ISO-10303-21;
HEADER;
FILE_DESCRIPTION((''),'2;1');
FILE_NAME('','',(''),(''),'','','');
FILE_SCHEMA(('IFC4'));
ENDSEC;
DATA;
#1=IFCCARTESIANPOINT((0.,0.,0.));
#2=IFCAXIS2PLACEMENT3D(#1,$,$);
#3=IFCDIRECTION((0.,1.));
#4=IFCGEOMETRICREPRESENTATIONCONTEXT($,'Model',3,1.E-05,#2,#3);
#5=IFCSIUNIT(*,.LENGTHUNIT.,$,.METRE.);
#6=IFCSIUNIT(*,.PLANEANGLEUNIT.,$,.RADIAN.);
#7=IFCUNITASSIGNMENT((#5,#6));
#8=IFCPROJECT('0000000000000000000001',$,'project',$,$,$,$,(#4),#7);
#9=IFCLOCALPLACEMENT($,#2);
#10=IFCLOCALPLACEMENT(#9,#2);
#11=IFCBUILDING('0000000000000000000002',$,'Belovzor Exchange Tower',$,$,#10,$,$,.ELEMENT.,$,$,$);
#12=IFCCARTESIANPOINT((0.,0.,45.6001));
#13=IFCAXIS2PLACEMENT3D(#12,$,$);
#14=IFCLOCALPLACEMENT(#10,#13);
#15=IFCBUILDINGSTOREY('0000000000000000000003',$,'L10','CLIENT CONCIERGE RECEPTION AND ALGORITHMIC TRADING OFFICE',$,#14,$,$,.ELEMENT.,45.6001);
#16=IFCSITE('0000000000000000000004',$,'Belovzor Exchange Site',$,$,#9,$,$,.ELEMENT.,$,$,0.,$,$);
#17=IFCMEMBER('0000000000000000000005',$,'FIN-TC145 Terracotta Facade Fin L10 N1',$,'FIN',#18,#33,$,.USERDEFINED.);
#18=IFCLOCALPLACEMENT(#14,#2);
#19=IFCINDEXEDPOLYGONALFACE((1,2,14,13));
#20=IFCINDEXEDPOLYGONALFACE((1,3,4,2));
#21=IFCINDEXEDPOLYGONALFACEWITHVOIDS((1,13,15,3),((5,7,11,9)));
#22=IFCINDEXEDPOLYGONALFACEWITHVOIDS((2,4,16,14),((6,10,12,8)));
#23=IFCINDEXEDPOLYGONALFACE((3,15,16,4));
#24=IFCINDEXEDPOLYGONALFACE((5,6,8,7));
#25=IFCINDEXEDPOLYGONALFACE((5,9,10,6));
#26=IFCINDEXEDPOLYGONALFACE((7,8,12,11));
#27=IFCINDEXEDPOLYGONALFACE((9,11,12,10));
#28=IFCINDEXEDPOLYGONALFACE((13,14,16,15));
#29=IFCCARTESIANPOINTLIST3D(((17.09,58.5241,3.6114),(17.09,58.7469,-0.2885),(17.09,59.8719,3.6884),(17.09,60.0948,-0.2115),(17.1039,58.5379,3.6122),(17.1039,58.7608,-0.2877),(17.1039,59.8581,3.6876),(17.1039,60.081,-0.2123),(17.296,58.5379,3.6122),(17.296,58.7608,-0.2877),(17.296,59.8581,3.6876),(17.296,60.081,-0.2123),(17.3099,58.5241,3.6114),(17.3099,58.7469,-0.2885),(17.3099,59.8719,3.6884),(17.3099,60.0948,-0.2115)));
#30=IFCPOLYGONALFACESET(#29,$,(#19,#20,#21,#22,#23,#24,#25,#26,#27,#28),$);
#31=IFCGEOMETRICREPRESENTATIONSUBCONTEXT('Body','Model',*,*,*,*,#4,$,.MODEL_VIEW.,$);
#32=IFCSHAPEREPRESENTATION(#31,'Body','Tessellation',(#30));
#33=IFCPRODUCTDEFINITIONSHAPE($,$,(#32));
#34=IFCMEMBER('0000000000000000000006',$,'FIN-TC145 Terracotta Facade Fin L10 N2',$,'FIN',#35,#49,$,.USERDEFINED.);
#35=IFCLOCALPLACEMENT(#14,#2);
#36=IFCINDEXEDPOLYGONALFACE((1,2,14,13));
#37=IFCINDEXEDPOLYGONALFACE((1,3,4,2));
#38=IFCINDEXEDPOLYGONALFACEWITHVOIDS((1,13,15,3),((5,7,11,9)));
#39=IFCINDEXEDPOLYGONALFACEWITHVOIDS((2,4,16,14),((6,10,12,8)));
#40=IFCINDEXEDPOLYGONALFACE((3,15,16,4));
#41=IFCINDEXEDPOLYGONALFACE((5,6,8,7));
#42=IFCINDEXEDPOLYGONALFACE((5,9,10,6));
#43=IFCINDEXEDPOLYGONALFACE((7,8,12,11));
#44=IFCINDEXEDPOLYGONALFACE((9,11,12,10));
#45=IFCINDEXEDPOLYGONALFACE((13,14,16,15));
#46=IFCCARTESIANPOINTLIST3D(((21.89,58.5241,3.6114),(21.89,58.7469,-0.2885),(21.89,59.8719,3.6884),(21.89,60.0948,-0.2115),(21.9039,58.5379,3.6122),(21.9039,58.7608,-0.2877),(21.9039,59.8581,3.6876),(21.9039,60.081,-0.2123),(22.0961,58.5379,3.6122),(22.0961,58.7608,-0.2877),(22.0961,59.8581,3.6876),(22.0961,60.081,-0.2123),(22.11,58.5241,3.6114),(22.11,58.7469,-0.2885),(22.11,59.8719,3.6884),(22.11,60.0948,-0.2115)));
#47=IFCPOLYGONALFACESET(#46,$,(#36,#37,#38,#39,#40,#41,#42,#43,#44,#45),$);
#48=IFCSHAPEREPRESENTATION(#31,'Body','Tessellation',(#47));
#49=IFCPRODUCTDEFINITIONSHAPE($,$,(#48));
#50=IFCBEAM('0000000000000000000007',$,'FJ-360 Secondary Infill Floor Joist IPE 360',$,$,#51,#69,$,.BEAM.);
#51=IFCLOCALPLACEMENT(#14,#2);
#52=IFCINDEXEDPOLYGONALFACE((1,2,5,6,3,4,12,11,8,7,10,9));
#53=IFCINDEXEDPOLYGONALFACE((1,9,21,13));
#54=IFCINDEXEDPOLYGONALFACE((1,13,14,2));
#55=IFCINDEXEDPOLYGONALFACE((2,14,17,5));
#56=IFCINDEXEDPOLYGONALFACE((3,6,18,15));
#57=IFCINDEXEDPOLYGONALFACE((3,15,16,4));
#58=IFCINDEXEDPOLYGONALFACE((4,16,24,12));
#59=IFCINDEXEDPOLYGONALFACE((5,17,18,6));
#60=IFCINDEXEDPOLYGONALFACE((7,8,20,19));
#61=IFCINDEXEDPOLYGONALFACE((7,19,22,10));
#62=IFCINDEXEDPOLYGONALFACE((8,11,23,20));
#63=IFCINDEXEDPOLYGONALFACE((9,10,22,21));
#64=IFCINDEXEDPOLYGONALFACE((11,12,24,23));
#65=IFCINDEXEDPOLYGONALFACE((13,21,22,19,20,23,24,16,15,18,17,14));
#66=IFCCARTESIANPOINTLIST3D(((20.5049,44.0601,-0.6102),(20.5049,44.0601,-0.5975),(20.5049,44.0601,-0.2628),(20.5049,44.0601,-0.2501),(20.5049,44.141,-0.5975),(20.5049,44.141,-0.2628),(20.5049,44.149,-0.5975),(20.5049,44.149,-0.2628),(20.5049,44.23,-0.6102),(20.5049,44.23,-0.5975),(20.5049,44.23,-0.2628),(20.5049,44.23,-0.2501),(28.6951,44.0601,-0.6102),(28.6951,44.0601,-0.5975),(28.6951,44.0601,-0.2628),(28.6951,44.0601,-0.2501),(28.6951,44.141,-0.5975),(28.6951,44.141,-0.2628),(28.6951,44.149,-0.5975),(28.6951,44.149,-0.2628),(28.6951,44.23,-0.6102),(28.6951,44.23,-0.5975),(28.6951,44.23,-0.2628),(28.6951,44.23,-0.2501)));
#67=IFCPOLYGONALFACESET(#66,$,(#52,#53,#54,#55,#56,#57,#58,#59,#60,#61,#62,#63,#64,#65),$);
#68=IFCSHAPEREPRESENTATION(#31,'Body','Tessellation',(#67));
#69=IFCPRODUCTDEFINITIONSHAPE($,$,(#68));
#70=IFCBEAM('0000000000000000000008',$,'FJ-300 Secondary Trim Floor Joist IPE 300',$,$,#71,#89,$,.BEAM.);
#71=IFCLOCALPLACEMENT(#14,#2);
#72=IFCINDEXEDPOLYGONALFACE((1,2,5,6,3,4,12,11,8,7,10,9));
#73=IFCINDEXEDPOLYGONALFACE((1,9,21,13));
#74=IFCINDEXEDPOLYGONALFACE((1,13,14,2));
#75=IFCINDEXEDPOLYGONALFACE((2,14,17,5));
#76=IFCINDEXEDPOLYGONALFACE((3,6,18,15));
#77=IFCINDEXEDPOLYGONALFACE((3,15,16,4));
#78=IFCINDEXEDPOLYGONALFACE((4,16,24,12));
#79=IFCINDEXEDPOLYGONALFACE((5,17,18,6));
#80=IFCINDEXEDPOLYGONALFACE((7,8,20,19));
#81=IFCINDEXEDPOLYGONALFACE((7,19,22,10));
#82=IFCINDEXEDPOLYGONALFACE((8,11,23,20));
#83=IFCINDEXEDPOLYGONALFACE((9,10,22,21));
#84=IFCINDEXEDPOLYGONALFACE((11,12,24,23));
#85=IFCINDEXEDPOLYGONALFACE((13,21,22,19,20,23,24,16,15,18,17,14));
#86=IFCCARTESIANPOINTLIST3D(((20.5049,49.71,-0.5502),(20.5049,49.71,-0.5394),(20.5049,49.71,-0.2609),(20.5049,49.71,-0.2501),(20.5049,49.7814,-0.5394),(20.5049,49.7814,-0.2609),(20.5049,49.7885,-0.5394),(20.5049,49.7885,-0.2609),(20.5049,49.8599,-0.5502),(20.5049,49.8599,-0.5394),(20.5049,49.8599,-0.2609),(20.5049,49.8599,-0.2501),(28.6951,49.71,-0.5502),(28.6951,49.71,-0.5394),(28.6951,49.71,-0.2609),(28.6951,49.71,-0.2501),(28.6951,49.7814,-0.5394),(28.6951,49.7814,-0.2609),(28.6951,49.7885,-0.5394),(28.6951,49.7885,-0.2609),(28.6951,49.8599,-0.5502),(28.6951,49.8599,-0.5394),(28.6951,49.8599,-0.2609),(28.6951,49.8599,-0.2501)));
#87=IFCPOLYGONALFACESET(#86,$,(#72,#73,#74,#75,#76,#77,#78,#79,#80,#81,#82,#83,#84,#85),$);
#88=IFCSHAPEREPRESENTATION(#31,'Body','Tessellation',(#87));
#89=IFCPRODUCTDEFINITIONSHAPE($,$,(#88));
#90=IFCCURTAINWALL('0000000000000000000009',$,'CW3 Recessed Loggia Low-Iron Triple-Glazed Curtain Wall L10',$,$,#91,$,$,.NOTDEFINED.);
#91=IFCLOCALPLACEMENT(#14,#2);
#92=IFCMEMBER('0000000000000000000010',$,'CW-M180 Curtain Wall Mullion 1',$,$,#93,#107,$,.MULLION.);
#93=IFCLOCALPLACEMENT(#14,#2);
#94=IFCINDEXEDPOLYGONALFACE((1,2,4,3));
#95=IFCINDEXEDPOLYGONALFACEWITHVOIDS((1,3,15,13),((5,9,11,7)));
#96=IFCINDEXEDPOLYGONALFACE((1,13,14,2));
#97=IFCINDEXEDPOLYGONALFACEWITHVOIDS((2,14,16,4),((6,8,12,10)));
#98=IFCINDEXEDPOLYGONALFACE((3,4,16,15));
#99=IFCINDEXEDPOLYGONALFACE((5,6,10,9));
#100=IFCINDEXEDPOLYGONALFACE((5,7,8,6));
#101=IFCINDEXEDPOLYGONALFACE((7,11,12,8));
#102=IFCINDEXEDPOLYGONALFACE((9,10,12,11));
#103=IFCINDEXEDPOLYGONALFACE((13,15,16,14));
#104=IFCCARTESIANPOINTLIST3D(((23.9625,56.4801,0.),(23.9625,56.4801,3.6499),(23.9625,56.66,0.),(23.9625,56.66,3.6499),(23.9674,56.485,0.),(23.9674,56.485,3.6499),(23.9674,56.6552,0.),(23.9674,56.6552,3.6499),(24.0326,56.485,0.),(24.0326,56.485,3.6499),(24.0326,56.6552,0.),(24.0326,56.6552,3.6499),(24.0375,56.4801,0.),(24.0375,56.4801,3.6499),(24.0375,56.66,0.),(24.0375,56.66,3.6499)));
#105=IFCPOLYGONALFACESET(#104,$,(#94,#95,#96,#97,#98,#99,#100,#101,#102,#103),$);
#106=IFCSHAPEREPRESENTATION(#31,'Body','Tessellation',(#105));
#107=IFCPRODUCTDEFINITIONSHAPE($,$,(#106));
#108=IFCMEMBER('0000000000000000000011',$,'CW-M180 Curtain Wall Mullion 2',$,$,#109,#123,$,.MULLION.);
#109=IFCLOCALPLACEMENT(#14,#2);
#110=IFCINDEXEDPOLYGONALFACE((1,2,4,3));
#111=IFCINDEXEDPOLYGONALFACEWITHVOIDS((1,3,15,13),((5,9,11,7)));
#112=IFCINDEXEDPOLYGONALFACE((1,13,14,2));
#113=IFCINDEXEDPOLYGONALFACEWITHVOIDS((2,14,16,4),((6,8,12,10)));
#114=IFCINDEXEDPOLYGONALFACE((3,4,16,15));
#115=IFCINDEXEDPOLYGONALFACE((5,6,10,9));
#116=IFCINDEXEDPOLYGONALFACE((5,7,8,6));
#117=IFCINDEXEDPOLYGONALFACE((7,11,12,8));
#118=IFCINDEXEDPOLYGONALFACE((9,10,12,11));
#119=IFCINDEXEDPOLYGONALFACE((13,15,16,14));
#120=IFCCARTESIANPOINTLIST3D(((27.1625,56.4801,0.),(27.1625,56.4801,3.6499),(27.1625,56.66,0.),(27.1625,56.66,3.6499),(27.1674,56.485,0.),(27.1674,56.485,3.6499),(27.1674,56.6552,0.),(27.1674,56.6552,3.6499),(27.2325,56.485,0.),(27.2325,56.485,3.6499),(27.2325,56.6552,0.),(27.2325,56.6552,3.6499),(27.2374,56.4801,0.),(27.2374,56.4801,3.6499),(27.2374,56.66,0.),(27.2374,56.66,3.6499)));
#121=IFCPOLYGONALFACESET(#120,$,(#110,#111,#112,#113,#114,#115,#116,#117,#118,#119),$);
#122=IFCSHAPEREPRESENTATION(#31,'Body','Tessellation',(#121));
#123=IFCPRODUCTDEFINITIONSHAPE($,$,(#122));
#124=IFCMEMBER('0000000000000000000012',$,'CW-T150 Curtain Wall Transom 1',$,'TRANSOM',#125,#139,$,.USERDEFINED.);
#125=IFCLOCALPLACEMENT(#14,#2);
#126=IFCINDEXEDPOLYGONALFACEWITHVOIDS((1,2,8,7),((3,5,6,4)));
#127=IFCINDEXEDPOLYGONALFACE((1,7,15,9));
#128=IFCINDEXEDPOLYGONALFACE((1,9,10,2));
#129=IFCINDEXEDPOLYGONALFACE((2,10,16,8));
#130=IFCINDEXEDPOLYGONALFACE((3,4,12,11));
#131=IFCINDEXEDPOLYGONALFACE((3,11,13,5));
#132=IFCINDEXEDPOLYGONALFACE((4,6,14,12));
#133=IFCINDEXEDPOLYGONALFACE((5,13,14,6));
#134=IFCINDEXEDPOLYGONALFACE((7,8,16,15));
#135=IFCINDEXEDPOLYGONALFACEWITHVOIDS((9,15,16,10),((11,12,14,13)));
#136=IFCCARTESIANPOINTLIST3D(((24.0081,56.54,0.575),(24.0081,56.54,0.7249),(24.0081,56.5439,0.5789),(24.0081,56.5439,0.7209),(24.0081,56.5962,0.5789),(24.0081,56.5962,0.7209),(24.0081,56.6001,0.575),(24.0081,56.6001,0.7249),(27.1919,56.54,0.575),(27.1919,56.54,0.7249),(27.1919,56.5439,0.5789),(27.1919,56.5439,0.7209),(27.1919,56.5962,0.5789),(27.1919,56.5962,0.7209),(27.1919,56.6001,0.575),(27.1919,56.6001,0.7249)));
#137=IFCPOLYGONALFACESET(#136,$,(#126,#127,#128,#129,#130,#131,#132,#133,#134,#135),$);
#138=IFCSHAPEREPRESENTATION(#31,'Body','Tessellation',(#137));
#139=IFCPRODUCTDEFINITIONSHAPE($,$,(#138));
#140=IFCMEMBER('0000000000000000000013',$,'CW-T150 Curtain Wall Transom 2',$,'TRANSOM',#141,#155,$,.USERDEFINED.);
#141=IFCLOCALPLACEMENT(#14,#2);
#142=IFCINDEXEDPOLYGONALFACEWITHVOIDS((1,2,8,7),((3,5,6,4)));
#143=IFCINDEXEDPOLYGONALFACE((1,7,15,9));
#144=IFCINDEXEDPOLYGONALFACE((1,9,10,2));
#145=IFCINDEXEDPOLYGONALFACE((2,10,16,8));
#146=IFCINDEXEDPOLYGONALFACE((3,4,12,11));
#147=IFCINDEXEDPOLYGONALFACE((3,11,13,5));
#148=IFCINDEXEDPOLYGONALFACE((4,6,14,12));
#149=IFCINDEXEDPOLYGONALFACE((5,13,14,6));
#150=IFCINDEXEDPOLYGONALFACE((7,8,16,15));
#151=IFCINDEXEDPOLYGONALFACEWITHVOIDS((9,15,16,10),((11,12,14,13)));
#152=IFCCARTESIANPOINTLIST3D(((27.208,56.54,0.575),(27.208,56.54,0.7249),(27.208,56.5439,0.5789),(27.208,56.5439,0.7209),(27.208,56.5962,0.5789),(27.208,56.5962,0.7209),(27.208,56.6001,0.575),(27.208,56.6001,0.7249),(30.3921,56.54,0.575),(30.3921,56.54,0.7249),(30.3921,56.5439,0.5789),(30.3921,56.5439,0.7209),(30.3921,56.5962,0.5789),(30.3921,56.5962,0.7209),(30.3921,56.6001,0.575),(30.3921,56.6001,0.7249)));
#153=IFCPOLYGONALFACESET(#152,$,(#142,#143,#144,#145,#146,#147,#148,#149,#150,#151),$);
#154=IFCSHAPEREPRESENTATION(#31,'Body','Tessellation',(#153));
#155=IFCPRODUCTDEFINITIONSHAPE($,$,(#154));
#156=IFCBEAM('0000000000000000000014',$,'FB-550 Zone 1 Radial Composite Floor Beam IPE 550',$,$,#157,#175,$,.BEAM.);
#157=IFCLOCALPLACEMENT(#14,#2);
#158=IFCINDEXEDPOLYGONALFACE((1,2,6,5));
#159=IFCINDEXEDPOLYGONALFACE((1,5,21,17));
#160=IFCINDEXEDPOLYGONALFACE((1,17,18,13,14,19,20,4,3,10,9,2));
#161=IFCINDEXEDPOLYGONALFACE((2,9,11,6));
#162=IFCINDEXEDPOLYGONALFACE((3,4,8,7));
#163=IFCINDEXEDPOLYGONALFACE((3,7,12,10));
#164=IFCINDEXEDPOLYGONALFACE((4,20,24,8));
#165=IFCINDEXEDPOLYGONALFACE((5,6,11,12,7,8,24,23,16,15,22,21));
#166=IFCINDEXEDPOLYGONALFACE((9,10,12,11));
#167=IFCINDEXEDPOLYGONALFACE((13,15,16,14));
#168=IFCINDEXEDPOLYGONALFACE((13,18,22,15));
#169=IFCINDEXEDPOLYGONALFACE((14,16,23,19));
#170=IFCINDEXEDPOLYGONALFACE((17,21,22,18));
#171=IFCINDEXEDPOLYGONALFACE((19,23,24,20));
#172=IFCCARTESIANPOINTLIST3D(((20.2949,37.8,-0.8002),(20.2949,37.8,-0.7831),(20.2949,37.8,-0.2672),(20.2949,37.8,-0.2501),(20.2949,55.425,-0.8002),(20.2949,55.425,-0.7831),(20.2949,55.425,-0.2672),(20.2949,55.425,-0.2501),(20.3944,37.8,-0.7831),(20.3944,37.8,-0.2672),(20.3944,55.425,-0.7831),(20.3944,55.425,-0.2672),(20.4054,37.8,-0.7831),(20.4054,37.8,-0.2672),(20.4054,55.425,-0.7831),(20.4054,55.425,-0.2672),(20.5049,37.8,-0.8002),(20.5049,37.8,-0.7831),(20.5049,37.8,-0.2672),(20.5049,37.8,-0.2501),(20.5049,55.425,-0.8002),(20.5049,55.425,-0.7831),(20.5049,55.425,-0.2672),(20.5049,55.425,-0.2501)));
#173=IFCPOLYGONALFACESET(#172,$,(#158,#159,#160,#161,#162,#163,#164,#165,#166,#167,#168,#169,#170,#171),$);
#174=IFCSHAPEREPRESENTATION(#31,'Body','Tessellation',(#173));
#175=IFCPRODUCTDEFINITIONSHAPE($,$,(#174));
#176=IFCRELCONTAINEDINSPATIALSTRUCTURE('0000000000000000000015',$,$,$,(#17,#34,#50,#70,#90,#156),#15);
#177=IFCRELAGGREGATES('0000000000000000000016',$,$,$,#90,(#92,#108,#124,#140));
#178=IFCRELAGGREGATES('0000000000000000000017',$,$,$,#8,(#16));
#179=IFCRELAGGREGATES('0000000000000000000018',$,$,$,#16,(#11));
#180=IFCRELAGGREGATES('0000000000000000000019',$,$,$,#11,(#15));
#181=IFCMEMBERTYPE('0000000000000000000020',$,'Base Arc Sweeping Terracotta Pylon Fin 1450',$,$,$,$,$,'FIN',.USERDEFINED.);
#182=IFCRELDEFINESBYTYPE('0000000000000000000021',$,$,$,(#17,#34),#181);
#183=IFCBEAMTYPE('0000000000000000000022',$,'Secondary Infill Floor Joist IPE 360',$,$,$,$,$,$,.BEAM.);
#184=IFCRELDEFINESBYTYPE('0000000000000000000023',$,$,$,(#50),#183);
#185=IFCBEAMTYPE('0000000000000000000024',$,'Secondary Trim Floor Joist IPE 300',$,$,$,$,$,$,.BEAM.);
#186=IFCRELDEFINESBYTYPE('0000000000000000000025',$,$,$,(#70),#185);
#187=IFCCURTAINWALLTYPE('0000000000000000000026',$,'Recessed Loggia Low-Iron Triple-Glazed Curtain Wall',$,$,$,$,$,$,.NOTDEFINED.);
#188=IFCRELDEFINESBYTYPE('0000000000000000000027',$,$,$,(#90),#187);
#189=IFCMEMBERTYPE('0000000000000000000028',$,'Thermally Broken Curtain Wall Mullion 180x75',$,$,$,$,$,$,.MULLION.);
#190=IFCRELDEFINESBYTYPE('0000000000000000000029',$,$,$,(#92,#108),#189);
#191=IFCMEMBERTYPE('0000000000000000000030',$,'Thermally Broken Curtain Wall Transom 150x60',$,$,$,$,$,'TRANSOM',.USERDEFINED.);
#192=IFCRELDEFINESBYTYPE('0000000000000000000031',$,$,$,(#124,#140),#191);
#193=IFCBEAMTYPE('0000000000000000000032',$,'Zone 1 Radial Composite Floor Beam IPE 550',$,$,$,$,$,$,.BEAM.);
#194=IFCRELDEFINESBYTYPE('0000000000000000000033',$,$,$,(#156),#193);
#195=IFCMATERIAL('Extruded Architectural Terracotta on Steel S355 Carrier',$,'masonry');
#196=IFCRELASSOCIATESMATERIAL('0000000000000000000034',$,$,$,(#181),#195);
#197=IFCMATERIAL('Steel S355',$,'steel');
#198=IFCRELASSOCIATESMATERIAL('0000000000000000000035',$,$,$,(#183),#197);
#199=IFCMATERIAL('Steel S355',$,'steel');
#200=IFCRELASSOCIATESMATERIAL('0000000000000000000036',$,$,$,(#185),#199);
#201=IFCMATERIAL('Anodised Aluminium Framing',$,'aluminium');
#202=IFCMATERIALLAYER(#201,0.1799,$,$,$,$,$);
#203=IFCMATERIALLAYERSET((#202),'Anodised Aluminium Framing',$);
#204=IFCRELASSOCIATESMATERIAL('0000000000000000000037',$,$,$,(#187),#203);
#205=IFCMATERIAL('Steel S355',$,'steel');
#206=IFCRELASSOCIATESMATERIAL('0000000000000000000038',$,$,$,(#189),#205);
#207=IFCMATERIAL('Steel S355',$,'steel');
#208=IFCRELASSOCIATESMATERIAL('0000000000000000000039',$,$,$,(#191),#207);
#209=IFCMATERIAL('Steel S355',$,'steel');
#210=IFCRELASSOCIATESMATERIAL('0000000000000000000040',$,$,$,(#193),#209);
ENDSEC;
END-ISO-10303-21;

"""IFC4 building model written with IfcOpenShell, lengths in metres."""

from ifc_helpers import new_model, si_unit, direction, frame, origin, origin_2d, place, context, subcontext, project, spatial, hollow_rectangle, i_section, extrude, material, layer, layer_set, material_profile, profile_set, type_object, element, aggregate, save


model = new_model("IFC4")

# Units and contexts
model_context = context("Model", 3, precision=1e-05, world=origin(), true_north=direction((0.0, 1.0)))
body_context = subcontext(model_context, "Body", "Model", "MODEL_VIEW")
ifc_project = project(units=[si_unit("LENGTHUNIT", "METRE"), si_unit("PLANEANGLEUNIT", "RADIAN")], contexts=[model_context])

# Site, building, storey
site_placement = place(None, origin())
site = spatial("IfcSite", under=ifc_project, at=site_placement, Name="Belovzor Exchange Site", CompositionType="ELEMENT", RefElevation=0.0)
building_placement = place(site_placement, origin())
building = spatial("IfcBuilding", under=site, at=building_placement, Name="Belovzor Exchange Tower", CompositionType="ELEMENT")
storey_placement = place(building_placement, frame((0.0, 0.0, 45.6001)))
storey = spatial("IfcBuildingStorey", under=building, at=storey_placement, Name="L10", Description="CLIENT CONCIERGE RECEPTION AND ALGORITHMIC TRADING OFFICE", CompositionType="ELEMENT", Elevation=45.6001)

# Members
ifc_material_1 = material(Name="Extruded Architectural Terracotta on Steel S355 Carrier", Category="masonry")
ifc_material_profile_1 = material_profile(ifc_material_1, hollow_rectangle(XDim=0.22, YDim=1.3501, WallThickness=0.0139, at=origin_2d()))
ifc_profile_set_1 = profile_set([ifc_material_profile_1], Name="Extruded Architectural Terracotta on Steel S355 Carrier")
member_type_1 = type_object("IfcMemberType", Name="Base Arc Sweeping Terracotta Pylon Fin 1450", ElementType="FIN", PredefinedType="USERDEFINED", material=ifc_profile_set_1)
for number, where, z_axis, x_axis, name in (
    (1, (17.2, 59.4209, -0.25), (0.0, -0.057062, 0.998371), (1.0, 0.0, 0.0), "FIN-TC145 Terracotta Facade Fin L10 N1"),
    (2, (22.0, 59.4209, -0.25), (0.0, -0.057062, 0.998371), (1.0, 0.0, 0.0), "FIN-TC145 Terracotta Facade Fin L10 N2"),
):
    element("IfcMember", number, at=place(storey_placement, frame(where, z_axis=z_axis, x_axis=x_axis)), inside=storey, type_object=member_type_1, Name=name, ObjectType="FIN", PredefinedType="USERDEFINED", context=body_context, shape_type="SweptSolid", body=[
        extrude(hollow_rectangle(XDim=0.22, YDim=1.3501, WallThickness=0.0139, at=origin_2d()), origin(), (0.0, 0.0, 1.0), 3.9062),
    ])

# Beams
ifc_material_2 = material(Name="Steel S355", Category="steel")
ifc_material_profile_2 = material_profile(ifc_material_2, i_section(OverallWidth=0.1699, OverallDepth=0.3601, WebThickness=0.0081, FlangeThickness=0.0127, at=origin_2d()))
ifc_profile_set_2 = profile_set([ifc_material_profile_2], Name="Steel S355")
beam_type_1 = type_object("IfcBeamType", Name="Secondary Infill Floor Joist IPE 360", PredefinedType="BEAM", material=ifc_profile_set_2)
beam_1_placement = place(storey_placement, frame((20.5049, 44.145, -0.4302), z_axis=(1.0, 0.0, 0.0), x_axis=(0.0, 1.0, 0.0)))
element("IfcBeam", 3, at=beam_1_placement, inside=storey, type_object=beam_type_1, Name="FJ-360 Secondary Infill Floor Joist IPE 360", PredefinedType="BEAM", context=body_context, shape_type="SweptSolid", body=[
    extrude(i_section(OverallWidth=0.1699, OverallDepth=0.3601, WebThickness=0.0081, FlangeThickness=0.0127, at=origin_2d()), origin(), (0.0, 0.0, 1.0), 8.1902),
])
ifc_material_3 = material(Name="Steel S355", Category="steel")
ifc_material_profile_3 = material_profile(ifc_material_3, i_section(OverallWidth=0.1499, OverallDepth=0.3, WebThickness=0.0071, FlangeThickness=0.0107, at=origin_2d()))
ifc_profile_set_3 = profile_set([ifc_material_profile_3], Name="Steel S355")
beam_type_2 = type_object("IfcBeamType", Name="Secondary Trim Floor Joist IPE 300", PredefinedType="BEAM", material=ifc_profile_set_3)
beam_2_placement = place(storey_placement, frame((20.5049, 49.7849, -0.4001), z_axis=(1.0, 0.0, 0.0), x_axis=(0.0, 1.0, 0.0)))
element("IfcBeam", 4, at=beam_2_placement, inside=storey, type_object=beam_type_2, Name="FJ-300 Secondary Trim Floor Joist IPE 300", PredefinedType="BEAM", context=body_context, shape_type="SweptSolid", body=[
    extrude(i_section(OverallWidth=0.1499, OverallDepth=0.3, WebThickness=0.0071, FlangeThickness=0.0107, at=origin_2d()), origin(), (0.0, 0.0, 1.0), 8.1902),
])

# Curtain wall, members
ifc_material_4 = material(Name="Anodised Aluminium Framing", Category="aluminium")
ifc_layer_1 = layer(ifc_material_4, 0.1799)
ifc_layer_set_1 = layer_set([ifc_layer_1], Name="Anodised Aluminium Framing")
curtain_wall_type = type_object("IfcCurtainWallType", Name="Recessed Loggia Low-Iron Triple-Glazed Curtain Wall", PredefinedType="NOTDEFINED", material=ifc_layer_set_1)
curtain_wall_placement = place(storey_placement, origin())
curtain_wall = element("IfcCurtainWall", 5, at=curtain_wall_placement, inside=storey, type_object=curtain_wall_type, Name="CW3 Recessed Loggia Low-Iron Triple-Glazed Curtain Wall L10", PredefinedType="NOTDEFINED")
ifc_material_5 = material(Name="Steel S355", Category="steel")
ifc_material_profile_4 = material_profile(ifc_material_5, hollow_rectangle(XDim=0.075, YDim=0.1799, WallThickness=0.0049, at=origin_2d()))
ifc_profile_set_4 = profile_set([ifc_material_profile_4], Name="Steel S355")
member_type_2 = type_object("IfcMemberType", Name="Thermally Broken Curtain Wall Mullion 180x75", PredefinedType="MULLION", material=ifc_profile_set_4)
member_1_placement = place(storey_placement, frame((24.0, 56.5701, 0.0), z_axis=(0.0, 0.0, 1.0), x_axis=(1.0, 0.0, 0.0)))
member_1 = element("IfcMember", 6, at=member_1_placement, type_object=member_type_2, Name="CW-M180 Curtain Wall Mullion 1", PredefinedType="MULLION", context=body_context, shape_type="SweptSolid", body=[
    extrude(hollow_rectangle(XDim=0.075, YDim=0.1799, WallThickness=0.0049, at=origin_2d()), origin(), (0.0, 0.0, 1.0), 3.6499),
])
member_2_placement = place(storey_placement, frame((27.2, 56.5701, 0.0), z_axis=(0.0, 0.0, 1.0), x_axis=(1.0, 0.0, 0.0)))
member_2 = element("IfcMember", 7, at=member_2_placement, type_object=member_type_2, Name="CW-M180 Curtain Wall Mullion 2", PredefinedType="MULLION", context=body_context, shape_type="SweptSolid", body=[
    extrude(hollow_rectangle(XDim=0.075, YDim=0.1799, WallThickness=0.0049, at=origin_2d()), origin(), (0.0, 0.0, 1.0), 3.6499),
])
ifc_material_6 = material(Name="Steel S355", Category="steel")
ifc_material_profile_5 = material_profile(ifc_material_6, hollow_rectangle(XDim=0.0601, YDim=0.1499, WallThickness=0.0039, at=origin_2d()))
ifc_profile_set_5 = profile_set([ifc_material_profile_5], Name="Steel S355")
member_type_3 = type_object("IfcMemberType", Name="Thermally Broken Curtain Wall Transom 150x60", ElementType="TRANSOM", PredefinedType="USERDEFINED", material=ifc_profile_set_5)
member_3_placement = place(storey_placement, frame((24.0081, 56.5701, 0.6499), z_axis=(1.0, 0.0, 0.0), x_axis=(0.0, 1.0, 0.0)))
member_3 = element("IfcMember", 8, at=member_3_placement, type_object=member_type_3, Name="CW-T150 Curtain Wall Transom 1", ObjectType="TRANSOM", PredefinedType="USERDEFINED", context=body_context, shape_type="SweptSolid", body=[
    extrude(hollow_rectangle(XDim=0.0601, YDim=0.1499, WallThickness=0.0039, at=origin_2d()), origin(), (0.0, 0.0, 1.0), 3.1838),
])
member_4_placement = place(storey_placement, frame((27.208, 56.5701, 0.6499), z_axis=(1.0, 0.0, 0.0), x_axis=(0.0, 1.0, 0.0)))
member_4 = element("IfcMember", 9, at=member_4_placement, type_object=member_type_3, Name="CW-T150 Curtain Wall Transom 2", ObjectType="TRANSOM", PredefinedType="USERDEFINED", context=body_context, shape_type="SweptSolid", body=[
    extrude(hollow_rectangle(XDim=0.0601, YDim=0.1499, WallThickness=0.0039, at=origin_2d()), origin(), (0.0, 0.0, 1.0), 3.1841),
])

# Beam
ifc_material_7 = material(Name="Steel S355", Category="steel")
ifc_material_profile_6 = material_profile(ifc_material_7, i_section(OverallWidth=0.21, OverallDepth=0.55, WebThickness=0.011, FlangeThickness=0.0171, at=origin_2d()))
ifc_profile_set_6 = profile_set([ifc_material_profile_6], Name="Steel S355")
beam_type_3 = type_object("IfcBeamType", Name="Zone 1 Radial Composite Floor Beam IPE 550", PredefinedType="BEAM", material=ifc_profile_set_6)
for number, where, z_axis, x_axis, name in (
    (10, (20.3999, 37.8, -0.5251), (0.0, 1.0, 0.0), (-1.0, 0.0, 0.0), "FB-550 Zone 1 Radial Composite Floor Beam IPE 550"),
):
    element("IfcBeam", number, at=place(storey_placement, frame(where, z_axis=z_axis, x_axis=x_axis)), inside=storey, type_object=beam_type_3, Name=name, PredefinedType="BEAM", context=body_context, shape_type="SweptSolid", body=[
        extrude(i_section(OverallWidth=0.21, OverallDepth=0.55, WebThickness=0.011, FlangeThickness=0.0171, at=origin_2d()), origin(), (0.0, 0.0, 1.0), 17.625),
    ])

aggregate(curtain_wall, [member_1, member_2, member_3, member_4])

save(model, "model.ifc")
